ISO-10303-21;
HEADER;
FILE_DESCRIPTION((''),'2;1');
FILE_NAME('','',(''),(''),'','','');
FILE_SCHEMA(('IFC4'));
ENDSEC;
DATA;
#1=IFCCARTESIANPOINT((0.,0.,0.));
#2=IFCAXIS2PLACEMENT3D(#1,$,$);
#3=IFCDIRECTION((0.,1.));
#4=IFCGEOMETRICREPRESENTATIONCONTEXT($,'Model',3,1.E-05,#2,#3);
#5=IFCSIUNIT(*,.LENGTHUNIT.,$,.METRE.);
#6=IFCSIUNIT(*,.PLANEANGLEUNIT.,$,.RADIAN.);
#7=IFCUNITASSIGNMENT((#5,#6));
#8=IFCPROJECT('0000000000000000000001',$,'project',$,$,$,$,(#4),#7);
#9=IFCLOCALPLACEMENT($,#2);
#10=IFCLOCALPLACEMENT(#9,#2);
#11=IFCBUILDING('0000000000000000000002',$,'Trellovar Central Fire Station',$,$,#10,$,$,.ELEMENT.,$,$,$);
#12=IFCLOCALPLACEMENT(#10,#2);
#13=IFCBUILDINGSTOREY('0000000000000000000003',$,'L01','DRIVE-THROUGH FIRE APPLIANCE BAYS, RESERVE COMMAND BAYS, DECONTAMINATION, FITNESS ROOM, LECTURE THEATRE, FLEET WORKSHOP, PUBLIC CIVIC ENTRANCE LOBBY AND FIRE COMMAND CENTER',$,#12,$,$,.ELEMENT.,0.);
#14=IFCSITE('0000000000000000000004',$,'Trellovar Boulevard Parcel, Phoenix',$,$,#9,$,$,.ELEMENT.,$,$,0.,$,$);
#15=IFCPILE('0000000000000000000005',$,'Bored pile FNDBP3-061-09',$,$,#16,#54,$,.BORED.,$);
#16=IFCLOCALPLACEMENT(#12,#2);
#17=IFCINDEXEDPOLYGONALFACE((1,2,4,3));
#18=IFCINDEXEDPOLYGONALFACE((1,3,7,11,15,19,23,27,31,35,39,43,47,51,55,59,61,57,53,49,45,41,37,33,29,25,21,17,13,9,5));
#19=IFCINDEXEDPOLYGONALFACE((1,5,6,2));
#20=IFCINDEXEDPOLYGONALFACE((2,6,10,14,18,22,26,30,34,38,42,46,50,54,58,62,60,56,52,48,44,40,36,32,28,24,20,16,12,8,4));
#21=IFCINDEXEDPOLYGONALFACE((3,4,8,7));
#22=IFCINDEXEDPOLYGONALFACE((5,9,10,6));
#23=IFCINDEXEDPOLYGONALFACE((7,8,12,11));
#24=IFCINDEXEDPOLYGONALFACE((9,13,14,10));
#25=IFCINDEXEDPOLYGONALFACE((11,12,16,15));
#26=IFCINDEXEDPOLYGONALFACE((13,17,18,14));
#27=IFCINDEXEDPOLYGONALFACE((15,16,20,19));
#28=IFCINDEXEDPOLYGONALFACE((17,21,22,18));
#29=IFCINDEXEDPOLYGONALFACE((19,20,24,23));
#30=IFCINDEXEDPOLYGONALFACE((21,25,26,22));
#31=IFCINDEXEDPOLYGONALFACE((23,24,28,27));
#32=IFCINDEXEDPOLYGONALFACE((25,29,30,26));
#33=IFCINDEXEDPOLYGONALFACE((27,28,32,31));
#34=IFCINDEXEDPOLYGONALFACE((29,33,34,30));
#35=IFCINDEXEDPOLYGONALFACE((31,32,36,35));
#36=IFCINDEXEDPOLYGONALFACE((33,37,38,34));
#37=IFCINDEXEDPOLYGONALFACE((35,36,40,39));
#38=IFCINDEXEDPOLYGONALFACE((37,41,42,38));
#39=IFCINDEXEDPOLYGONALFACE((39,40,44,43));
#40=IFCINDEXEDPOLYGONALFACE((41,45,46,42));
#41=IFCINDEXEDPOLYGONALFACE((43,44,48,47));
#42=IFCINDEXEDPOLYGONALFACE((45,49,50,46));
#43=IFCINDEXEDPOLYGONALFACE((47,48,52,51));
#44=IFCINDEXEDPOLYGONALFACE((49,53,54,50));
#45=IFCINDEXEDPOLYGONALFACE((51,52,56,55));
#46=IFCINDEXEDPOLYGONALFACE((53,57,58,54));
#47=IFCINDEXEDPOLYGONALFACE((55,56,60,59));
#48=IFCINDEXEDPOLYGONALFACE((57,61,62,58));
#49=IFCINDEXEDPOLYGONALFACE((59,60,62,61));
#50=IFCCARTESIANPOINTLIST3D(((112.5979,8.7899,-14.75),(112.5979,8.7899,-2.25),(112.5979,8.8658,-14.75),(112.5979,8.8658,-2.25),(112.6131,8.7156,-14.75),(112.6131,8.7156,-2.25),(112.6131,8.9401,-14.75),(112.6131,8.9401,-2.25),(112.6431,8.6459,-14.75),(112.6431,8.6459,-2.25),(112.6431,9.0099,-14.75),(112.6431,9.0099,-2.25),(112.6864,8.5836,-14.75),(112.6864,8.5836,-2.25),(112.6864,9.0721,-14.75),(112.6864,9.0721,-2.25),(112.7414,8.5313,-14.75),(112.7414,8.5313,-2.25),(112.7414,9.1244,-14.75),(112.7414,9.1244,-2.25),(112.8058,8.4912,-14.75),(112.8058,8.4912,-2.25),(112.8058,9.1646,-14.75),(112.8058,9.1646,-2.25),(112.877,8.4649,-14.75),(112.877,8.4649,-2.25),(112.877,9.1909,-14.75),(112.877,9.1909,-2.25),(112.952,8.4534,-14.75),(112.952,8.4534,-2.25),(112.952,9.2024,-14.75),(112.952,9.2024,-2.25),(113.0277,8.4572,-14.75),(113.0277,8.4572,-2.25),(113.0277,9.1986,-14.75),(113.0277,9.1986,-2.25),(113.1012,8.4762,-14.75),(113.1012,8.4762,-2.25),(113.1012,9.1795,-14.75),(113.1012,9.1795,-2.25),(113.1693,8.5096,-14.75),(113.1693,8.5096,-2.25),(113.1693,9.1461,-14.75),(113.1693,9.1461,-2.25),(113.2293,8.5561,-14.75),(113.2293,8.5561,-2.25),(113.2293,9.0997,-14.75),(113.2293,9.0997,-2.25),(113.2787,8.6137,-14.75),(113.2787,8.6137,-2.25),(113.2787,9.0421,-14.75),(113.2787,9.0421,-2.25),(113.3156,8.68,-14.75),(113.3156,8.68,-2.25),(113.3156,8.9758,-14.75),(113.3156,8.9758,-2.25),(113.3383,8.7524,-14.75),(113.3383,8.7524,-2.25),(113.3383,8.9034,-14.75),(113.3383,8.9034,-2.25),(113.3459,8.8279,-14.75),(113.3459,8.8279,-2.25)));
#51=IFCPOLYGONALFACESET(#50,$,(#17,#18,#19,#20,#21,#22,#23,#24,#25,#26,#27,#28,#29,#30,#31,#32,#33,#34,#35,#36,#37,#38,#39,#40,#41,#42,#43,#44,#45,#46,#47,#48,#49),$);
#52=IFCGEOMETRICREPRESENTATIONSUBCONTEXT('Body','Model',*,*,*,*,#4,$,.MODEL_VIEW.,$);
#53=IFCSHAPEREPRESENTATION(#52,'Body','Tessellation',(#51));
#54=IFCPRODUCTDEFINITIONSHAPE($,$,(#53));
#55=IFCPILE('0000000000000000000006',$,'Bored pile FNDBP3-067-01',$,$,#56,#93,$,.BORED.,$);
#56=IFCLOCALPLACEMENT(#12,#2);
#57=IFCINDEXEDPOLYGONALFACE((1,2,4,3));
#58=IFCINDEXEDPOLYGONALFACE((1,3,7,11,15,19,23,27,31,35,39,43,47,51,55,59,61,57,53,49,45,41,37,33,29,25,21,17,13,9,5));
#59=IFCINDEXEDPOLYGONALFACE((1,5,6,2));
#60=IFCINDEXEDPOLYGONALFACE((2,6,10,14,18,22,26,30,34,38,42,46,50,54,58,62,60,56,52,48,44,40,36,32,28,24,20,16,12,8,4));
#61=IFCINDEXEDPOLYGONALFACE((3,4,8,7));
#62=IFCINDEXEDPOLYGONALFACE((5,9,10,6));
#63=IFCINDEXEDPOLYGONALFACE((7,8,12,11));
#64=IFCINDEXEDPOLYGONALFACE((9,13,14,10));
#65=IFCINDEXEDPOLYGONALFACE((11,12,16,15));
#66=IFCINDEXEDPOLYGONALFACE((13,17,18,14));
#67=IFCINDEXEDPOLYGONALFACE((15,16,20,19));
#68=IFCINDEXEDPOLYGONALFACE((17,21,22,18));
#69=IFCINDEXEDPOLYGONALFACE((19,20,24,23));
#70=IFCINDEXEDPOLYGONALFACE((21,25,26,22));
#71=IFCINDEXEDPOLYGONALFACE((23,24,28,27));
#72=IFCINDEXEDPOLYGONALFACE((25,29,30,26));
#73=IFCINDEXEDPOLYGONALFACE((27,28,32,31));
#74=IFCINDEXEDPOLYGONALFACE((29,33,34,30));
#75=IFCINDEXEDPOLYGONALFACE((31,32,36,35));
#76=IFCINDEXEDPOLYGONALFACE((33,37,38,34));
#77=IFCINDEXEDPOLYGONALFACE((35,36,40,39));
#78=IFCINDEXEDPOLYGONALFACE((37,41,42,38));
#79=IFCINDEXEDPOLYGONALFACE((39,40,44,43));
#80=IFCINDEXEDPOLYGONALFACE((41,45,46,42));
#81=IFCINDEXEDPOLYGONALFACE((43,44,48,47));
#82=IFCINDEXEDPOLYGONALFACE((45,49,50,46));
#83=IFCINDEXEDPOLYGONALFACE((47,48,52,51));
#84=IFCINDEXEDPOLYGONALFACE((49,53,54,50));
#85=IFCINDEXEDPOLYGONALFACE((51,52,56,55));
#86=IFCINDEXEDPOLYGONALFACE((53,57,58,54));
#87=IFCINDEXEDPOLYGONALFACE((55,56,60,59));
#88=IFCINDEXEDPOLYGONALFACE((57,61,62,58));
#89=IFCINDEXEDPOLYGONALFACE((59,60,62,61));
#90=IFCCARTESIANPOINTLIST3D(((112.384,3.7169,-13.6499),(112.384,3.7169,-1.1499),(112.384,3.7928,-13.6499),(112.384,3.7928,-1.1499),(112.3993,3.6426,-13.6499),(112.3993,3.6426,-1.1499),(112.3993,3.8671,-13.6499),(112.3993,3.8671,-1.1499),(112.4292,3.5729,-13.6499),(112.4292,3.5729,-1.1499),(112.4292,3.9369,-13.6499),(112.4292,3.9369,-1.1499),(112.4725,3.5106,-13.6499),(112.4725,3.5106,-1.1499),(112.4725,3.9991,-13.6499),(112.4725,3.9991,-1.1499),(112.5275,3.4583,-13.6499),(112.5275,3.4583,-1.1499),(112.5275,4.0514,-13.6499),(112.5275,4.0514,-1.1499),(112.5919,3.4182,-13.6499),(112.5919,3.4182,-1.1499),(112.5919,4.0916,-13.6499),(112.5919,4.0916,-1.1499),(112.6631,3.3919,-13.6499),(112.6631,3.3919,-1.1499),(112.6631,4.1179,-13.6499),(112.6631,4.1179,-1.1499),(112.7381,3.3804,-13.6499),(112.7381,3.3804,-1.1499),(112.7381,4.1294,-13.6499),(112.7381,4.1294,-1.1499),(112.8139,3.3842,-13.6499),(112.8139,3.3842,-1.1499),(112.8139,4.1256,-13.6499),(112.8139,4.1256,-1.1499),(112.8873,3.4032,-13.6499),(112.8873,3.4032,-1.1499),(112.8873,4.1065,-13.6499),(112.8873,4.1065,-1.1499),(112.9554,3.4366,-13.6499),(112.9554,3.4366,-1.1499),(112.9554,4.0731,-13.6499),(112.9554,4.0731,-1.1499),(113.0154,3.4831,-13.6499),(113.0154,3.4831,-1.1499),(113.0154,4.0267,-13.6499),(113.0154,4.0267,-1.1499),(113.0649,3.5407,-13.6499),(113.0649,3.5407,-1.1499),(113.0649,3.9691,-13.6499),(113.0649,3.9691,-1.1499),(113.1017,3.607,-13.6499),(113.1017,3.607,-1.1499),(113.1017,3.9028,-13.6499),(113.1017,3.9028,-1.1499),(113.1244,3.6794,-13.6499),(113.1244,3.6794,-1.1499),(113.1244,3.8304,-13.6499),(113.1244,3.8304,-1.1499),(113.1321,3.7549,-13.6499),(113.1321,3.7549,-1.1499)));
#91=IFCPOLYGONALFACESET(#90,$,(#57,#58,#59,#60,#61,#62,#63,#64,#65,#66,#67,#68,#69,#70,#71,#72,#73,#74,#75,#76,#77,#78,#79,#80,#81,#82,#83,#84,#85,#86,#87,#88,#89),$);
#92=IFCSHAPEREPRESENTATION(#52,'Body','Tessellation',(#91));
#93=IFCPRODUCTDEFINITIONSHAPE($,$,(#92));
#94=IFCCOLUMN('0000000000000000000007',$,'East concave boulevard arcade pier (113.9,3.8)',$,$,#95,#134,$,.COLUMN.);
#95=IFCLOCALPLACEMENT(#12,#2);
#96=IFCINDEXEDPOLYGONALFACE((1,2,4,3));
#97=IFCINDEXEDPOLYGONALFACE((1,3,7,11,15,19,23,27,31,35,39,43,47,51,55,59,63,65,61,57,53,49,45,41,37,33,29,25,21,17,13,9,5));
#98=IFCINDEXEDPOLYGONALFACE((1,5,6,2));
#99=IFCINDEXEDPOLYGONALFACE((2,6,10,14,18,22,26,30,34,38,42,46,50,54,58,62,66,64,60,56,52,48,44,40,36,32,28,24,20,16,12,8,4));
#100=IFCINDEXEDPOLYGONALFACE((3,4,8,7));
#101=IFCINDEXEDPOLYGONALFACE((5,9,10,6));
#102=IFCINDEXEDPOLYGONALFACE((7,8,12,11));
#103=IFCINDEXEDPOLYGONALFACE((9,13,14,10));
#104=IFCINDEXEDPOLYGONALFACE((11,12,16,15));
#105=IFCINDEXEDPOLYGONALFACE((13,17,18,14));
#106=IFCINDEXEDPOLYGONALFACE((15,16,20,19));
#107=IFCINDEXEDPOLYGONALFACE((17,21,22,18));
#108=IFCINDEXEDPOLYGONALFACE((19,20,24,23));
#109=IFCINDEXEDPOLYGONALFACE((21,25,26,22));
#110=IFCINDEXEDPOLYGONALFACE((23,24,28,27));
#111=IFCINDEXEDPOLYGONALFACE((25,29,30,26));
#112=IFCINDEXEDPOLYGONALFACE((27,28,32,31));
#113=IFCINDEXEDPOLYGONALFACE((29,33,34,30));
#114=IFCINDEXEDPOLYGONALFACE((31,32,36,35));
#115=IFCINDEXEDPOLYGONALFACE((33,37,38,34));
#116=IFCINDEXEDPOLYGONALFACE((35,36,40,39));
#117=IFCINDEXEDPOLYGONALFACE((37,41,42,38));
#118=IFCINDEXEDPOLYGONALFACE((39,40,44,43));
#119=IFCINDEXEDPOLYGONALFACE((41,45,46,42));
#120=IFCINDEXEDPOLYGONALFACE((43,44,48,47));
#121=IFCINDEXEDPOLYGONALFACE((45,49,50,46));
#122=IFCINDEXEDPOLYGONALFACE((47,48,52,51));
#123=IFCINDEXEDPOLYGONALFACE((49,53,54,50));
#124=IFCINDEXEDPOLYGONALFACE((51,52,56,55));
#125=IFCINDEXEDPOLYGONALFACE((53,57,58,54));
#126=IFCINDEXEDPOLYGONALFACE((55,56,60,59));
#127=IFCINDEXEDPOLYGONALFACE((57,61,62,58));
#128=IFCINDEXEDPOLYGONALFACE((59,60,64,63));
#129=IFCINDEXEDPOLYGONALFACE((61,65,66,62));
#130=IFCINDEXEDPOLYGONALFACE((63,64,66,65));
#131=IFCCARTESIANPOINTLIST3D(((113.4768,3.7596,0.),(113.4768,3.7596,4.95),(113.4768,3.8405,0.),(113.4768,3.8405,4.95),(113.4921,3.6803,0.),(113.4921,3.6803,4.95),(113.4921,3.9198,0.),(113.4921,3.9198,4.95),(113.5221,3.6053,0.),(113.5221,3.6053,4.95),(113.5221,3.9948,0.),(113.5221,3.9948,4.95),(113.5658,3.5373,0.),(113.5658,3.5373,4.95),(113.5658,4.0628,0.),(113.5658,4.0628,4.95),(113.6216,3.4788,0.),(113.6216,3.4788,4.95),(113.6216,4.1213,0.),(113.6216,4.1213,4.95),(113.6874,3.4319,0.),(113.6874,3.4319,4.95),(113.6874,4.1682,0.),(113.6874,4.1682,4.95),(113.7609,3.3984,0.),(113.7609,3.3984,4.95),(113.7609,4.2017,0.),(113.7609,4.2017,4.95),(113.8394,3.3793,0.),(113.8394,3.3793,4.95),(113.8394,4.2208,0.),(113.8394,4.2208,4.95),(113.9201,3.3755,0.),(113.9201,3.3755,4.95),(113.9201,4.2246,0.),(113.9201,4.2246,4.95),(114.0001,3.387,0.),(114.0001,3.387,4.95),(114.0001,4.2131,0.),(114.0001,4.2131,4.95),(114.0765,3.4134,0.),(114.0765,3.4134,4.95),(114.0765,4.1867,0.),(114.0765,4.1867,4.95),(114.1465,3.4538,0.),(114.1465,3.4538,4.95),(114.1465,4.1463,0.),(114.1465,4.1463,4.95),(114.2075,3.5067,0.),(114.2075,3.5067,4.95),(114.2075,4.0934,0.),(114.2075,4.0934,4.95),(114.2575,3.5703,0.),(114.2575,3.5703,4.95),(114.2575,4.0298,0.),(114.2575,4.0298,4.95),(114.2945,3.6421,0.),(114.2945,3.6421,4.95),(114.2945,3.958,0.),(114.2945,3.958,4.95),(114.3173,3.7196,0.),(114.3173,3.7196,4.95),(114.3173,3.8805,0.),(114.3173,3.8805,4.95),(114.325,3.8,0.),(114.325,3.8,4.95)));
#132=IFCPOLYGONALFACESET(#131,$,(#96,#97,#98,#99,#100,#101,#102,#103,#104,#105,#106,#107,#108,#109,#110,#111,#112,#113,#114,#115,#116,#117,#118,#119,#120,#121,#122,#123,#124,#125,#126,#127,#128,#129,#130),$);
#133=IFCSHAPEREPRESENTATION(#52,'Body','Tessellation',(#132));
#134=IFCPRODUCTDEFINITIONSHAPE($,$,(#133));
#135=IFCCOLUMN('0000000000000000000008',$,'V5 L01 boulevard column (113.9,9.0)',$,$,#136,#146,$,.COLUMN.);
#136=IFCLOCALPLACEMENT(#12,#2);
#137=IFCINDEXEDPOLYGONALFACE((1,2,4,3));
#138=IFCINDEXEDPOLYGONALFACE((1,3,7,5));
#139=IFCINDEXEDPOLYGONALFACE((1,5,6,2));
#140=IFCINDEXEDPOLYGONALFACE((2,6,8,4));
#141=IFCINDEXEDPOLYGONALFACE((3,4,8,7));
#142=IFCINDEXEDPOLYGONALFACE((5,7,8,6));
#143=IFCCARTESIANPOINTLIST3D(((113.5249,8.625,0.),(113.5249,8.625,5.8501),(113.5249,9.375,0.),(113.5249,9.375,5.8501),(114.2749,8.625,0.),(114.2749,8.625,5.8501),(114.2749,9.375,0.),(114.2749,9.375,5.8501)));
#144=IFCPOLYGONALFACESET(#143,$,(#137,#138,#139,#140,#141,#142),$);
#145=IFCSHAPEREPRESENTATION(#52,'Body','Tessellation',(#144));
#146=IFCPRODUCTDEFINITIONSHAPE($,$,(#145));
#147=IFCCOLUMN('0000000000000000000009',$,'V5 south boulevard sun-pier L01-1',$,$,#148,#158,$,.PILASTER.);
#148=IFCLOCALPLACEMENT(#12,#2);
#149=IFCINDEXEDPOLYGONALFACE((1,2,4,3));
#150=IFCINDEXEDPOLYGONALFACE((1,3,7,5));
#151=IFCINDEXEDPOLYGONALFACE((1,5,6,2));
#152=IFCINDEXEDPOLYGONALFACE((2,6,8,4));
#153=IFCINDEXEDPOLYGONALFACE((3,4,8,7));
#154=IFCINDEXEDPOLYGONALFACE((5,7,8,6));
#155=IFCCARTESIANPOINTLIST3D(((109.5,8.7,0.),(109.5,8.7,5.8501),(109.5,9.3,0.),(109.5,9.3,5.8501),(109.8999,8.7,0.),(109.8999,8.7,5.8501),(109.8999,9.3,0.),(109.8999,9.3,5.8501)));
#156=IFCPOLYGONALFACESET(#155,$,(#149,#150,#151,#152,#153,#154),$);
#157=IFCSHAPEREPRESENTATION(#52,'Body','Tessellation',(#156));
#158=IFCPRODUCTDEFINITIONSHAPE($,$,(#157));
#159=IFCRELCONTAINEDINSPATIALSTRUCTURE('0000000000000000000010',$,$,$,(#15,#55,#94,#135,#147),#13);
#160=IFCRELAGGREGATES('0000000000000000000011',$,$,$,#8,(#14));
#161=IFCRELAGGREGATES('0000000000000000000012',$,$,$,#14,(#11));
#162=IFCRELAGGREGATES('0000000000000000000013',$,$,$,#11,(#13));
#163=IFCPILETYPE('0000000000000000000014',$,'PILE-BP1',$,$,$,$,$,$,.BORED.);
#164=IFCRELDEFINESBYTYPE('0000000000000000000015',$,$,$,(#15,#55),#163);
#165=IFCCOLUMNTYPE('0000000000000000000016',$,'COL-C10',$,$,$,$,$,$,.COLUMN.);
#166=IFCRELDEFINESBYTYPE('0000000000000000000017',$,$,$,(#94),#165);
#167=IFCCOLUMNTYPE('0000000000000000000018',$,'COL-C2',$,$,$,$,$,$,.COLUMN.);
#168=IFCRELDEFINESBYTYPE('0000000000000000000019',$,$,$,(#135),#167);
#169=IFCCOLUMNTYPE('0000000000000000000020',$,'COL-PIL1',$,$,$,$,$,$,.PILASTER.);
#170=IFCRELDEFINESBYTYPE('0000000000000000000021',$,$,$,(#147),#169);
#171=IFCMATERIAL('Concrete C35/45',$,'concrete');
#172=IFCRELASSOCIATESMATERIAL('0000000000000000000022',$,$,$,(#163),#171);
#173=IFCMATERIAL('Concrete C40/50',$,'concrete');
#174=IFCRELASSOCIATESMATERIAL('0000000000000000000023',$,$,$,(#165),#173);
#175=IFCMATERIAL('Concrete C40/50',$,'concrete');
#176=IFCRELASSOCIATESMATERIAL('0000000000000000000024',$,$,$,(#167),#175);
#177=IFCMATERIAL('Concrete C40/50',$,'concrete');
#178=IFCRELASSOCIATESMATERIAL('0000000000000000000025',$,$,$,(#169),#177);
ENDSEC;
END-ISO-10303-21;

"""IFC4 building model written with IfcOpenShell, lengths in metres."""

from ifc_helpers import new_model, si_unit, direction, frame, origin, origin_2d, place, context, subcontext, project, spatial, rectangle, circle, extrude, material, material_profile, profile_set, type_object, element, save


model = new_model("IFC4")

# Units and contexts
model_context = context("Model", 3, precision=1e-05, world=origin(), true_north=direction((0.0, 1.0)))
body_context = subcontext(model_context, "Body", "Model", "MODEL_VIEW")
ifc_project = project(units=[si_unit("LENGTHUNIT", "METRE"), si_unit("PLANEANGLEUNIT", "RADIAN")], contexts=[model_context])

# Site, building, storey
site_placement = place(None, origin())
site = spatial("IfcSite", under=ifc_project, at=site_placement, Name="Trellovar Boulevard Parcel, Phoenix", CompositionType="ELEMENT", RefElevation=0.0)
building_placement = place(site_placement, origin())
building = spatial("IfcBuilding", under=site, at=building_placement, Name="Trellovar Central Fire Station", CompositionType="ELEMENT")
storey_placement = place(building_placement, origin())
storey = spatial("IfcBuildingStorey", under=building, at=storey_placement, Name="L01", Description="DRIVE-THROUGH FIRE APPLIANCE BAYS, RESERVE COMMAND BAYS, DECONTAMINATION, FITNESS ROOM, LECTURE THEATRE, FLEET WORKSHOP, PUBLIC CIVIC ENTRANCE LOBBY AND FIRE COMMAND CENTER", CompositionType="ELEMENT", Elevation=0.0)

# Piles
ifc_material_1 = material(Name="Concrete C35/45", Category="concrete")
ifc_material_profile_1 = material_profile(ifc_material_1, circle(Radius=0.375, at=origin_2d()), Name="PILE750")
ifc_profile_set_1 = profile_set([ifc_material_profile_1], Name="Concrete C35/45")
pile_type = type_object("IfcPileType", Name="PILE-BP1", PredefinedType="BORED", material=ifc_profile_set_1)
for number, where, z_axis, x_axis, name in (
    (1, (112.9709, 8.8279, -2.25), (0.0, 0.0, -1.0), (1.0, 0.0, 0.0), "Bored pile FNDBP3-061-09"),
    (2, (112.7571, 3.7549, -1.1499), (0.0, 0.0, -1.0), (1.0, 0.0, 0.0), "Bored pile FNDBP3-067-01"),
):
    element("IfcPile", number, at=place(storey_placement, frame(where, z_axis=z_axis, x_axis=x_axis)), inside=storey, type_object=pile_type, Name=name, PredefinedType="BORED", context=body_context, shape_type="SweptSolid", body=[
        extrude(circle(Radius=0.375, at=origin_2d()), origin(), (0.0, 0.0, 1.0), 12.5),
    ])

# Columns
ifc_material_2 = material(Name="Concrete C40/50", Category="concrete")
ifc_material_profile_2 = material_profile(ifc_material_2, circle(Radius=0.425, at=origin_2d()), Name="RCD850")
ifc_profile_set_2 = profile_set([ifc_material_profile_2], Name="Concrete C40/50")
column_type_1 = type_object("IfcColumnType", Name="COL-C10", PredefinedType="COLUMN", material=ifc_profile_set_2)
column_1_placement = place(storey_placement, frame((113.8999, 3.8, 0.0), z_axis=(0.0, 0.0, 1.0), x_axis=(1.0, 0.0, 0.0)))
element("IfcColumn", 3, at=column_1_placement, inside=storey, type_object=column_type_1, Name="East concave boulevard arcade pier (113.9,3.8)", PredefinedType="COLUMN", context=body_context, shape_type="SweptSolid", body=[
    extrude(circle(Radius=0.425, at=origin_2d()), origin(), (0.0, 0.0, 1.0), 4.95),
])
ifc_material_3 = material(Name="Concrete C40/50", Category="concrete")
ifc_material_profile_3 = material_profile(ifc_material_3, rectangle(XDim=0.75, YDim=0.75, at=origin_2d()), Name="RC750X750")
ifc_profile_set_3 = profile_set([ifc_material_profile_3], Name="Concrete C40/50")
column_type_2 = type_object("IfcColumnType", Name="COL-C2", PredefinedType="COLUMN", material=ifc_profile_set_3)
column_2_placement = place(storey_placement, frame((113.8999, 9.0, 0.0), z_axis=(0.0, 0.0, 1.0), x_axis=(1.0, 0.0, 0.0)))
element("IfcColumn", 4, at=column_2_placement, inside=storey, type_object=column_type_2, Name="V5 L01 boulevard column (113.9,9.0)", PredefinedType="COLUMN", context=body_context, shape_type="SweptSolid", body=[
    extrude(rectangle(XDim=0.75, YDim=0.75, at=origin_2d()), origin(), (0.0, 0.0, 1.0), 5.8501),
])
ifc_material_4 = material(Name="Concrete C40/50", Category="concrete")
ifc_material_profile_4 = material_profile(ifc_material_4, rectangle(XDim=0.3999, YDim=0.6001, at=origin_2d()), Name="RC400X600")
ifc_profile_set_4 = profile_set([ifc_material_profile_4], Name="Concrete C40/50")
column_type_3 = type_object("IfcColumnType", Name="COL-PIL1", PredefinedType="PILASTER", material=ifc_profile_set_4)
column_3_placement = place(storey_placement, frame((109.7, 9.0, 0.0), z_axis=(0.0, 0.0, 1.0), x_axis=(1.0, 0.0, 0.0)))
element("IfcColumn", 5, at=column_3_placement, inside=storey, type_object=column_type_3, Name="V5 south boulevard sun-pier L01-1", PredefinedType="PILASTER", context=body_context, shape_type="SweptSolid", body=[
    extrude(rectangle(XDim=0.3999, YDim=0.6001, at=origin_2d()), origin(), (0.0, 0.0, 1.0), 5.8501),
])

save(model, "model.ifc")
